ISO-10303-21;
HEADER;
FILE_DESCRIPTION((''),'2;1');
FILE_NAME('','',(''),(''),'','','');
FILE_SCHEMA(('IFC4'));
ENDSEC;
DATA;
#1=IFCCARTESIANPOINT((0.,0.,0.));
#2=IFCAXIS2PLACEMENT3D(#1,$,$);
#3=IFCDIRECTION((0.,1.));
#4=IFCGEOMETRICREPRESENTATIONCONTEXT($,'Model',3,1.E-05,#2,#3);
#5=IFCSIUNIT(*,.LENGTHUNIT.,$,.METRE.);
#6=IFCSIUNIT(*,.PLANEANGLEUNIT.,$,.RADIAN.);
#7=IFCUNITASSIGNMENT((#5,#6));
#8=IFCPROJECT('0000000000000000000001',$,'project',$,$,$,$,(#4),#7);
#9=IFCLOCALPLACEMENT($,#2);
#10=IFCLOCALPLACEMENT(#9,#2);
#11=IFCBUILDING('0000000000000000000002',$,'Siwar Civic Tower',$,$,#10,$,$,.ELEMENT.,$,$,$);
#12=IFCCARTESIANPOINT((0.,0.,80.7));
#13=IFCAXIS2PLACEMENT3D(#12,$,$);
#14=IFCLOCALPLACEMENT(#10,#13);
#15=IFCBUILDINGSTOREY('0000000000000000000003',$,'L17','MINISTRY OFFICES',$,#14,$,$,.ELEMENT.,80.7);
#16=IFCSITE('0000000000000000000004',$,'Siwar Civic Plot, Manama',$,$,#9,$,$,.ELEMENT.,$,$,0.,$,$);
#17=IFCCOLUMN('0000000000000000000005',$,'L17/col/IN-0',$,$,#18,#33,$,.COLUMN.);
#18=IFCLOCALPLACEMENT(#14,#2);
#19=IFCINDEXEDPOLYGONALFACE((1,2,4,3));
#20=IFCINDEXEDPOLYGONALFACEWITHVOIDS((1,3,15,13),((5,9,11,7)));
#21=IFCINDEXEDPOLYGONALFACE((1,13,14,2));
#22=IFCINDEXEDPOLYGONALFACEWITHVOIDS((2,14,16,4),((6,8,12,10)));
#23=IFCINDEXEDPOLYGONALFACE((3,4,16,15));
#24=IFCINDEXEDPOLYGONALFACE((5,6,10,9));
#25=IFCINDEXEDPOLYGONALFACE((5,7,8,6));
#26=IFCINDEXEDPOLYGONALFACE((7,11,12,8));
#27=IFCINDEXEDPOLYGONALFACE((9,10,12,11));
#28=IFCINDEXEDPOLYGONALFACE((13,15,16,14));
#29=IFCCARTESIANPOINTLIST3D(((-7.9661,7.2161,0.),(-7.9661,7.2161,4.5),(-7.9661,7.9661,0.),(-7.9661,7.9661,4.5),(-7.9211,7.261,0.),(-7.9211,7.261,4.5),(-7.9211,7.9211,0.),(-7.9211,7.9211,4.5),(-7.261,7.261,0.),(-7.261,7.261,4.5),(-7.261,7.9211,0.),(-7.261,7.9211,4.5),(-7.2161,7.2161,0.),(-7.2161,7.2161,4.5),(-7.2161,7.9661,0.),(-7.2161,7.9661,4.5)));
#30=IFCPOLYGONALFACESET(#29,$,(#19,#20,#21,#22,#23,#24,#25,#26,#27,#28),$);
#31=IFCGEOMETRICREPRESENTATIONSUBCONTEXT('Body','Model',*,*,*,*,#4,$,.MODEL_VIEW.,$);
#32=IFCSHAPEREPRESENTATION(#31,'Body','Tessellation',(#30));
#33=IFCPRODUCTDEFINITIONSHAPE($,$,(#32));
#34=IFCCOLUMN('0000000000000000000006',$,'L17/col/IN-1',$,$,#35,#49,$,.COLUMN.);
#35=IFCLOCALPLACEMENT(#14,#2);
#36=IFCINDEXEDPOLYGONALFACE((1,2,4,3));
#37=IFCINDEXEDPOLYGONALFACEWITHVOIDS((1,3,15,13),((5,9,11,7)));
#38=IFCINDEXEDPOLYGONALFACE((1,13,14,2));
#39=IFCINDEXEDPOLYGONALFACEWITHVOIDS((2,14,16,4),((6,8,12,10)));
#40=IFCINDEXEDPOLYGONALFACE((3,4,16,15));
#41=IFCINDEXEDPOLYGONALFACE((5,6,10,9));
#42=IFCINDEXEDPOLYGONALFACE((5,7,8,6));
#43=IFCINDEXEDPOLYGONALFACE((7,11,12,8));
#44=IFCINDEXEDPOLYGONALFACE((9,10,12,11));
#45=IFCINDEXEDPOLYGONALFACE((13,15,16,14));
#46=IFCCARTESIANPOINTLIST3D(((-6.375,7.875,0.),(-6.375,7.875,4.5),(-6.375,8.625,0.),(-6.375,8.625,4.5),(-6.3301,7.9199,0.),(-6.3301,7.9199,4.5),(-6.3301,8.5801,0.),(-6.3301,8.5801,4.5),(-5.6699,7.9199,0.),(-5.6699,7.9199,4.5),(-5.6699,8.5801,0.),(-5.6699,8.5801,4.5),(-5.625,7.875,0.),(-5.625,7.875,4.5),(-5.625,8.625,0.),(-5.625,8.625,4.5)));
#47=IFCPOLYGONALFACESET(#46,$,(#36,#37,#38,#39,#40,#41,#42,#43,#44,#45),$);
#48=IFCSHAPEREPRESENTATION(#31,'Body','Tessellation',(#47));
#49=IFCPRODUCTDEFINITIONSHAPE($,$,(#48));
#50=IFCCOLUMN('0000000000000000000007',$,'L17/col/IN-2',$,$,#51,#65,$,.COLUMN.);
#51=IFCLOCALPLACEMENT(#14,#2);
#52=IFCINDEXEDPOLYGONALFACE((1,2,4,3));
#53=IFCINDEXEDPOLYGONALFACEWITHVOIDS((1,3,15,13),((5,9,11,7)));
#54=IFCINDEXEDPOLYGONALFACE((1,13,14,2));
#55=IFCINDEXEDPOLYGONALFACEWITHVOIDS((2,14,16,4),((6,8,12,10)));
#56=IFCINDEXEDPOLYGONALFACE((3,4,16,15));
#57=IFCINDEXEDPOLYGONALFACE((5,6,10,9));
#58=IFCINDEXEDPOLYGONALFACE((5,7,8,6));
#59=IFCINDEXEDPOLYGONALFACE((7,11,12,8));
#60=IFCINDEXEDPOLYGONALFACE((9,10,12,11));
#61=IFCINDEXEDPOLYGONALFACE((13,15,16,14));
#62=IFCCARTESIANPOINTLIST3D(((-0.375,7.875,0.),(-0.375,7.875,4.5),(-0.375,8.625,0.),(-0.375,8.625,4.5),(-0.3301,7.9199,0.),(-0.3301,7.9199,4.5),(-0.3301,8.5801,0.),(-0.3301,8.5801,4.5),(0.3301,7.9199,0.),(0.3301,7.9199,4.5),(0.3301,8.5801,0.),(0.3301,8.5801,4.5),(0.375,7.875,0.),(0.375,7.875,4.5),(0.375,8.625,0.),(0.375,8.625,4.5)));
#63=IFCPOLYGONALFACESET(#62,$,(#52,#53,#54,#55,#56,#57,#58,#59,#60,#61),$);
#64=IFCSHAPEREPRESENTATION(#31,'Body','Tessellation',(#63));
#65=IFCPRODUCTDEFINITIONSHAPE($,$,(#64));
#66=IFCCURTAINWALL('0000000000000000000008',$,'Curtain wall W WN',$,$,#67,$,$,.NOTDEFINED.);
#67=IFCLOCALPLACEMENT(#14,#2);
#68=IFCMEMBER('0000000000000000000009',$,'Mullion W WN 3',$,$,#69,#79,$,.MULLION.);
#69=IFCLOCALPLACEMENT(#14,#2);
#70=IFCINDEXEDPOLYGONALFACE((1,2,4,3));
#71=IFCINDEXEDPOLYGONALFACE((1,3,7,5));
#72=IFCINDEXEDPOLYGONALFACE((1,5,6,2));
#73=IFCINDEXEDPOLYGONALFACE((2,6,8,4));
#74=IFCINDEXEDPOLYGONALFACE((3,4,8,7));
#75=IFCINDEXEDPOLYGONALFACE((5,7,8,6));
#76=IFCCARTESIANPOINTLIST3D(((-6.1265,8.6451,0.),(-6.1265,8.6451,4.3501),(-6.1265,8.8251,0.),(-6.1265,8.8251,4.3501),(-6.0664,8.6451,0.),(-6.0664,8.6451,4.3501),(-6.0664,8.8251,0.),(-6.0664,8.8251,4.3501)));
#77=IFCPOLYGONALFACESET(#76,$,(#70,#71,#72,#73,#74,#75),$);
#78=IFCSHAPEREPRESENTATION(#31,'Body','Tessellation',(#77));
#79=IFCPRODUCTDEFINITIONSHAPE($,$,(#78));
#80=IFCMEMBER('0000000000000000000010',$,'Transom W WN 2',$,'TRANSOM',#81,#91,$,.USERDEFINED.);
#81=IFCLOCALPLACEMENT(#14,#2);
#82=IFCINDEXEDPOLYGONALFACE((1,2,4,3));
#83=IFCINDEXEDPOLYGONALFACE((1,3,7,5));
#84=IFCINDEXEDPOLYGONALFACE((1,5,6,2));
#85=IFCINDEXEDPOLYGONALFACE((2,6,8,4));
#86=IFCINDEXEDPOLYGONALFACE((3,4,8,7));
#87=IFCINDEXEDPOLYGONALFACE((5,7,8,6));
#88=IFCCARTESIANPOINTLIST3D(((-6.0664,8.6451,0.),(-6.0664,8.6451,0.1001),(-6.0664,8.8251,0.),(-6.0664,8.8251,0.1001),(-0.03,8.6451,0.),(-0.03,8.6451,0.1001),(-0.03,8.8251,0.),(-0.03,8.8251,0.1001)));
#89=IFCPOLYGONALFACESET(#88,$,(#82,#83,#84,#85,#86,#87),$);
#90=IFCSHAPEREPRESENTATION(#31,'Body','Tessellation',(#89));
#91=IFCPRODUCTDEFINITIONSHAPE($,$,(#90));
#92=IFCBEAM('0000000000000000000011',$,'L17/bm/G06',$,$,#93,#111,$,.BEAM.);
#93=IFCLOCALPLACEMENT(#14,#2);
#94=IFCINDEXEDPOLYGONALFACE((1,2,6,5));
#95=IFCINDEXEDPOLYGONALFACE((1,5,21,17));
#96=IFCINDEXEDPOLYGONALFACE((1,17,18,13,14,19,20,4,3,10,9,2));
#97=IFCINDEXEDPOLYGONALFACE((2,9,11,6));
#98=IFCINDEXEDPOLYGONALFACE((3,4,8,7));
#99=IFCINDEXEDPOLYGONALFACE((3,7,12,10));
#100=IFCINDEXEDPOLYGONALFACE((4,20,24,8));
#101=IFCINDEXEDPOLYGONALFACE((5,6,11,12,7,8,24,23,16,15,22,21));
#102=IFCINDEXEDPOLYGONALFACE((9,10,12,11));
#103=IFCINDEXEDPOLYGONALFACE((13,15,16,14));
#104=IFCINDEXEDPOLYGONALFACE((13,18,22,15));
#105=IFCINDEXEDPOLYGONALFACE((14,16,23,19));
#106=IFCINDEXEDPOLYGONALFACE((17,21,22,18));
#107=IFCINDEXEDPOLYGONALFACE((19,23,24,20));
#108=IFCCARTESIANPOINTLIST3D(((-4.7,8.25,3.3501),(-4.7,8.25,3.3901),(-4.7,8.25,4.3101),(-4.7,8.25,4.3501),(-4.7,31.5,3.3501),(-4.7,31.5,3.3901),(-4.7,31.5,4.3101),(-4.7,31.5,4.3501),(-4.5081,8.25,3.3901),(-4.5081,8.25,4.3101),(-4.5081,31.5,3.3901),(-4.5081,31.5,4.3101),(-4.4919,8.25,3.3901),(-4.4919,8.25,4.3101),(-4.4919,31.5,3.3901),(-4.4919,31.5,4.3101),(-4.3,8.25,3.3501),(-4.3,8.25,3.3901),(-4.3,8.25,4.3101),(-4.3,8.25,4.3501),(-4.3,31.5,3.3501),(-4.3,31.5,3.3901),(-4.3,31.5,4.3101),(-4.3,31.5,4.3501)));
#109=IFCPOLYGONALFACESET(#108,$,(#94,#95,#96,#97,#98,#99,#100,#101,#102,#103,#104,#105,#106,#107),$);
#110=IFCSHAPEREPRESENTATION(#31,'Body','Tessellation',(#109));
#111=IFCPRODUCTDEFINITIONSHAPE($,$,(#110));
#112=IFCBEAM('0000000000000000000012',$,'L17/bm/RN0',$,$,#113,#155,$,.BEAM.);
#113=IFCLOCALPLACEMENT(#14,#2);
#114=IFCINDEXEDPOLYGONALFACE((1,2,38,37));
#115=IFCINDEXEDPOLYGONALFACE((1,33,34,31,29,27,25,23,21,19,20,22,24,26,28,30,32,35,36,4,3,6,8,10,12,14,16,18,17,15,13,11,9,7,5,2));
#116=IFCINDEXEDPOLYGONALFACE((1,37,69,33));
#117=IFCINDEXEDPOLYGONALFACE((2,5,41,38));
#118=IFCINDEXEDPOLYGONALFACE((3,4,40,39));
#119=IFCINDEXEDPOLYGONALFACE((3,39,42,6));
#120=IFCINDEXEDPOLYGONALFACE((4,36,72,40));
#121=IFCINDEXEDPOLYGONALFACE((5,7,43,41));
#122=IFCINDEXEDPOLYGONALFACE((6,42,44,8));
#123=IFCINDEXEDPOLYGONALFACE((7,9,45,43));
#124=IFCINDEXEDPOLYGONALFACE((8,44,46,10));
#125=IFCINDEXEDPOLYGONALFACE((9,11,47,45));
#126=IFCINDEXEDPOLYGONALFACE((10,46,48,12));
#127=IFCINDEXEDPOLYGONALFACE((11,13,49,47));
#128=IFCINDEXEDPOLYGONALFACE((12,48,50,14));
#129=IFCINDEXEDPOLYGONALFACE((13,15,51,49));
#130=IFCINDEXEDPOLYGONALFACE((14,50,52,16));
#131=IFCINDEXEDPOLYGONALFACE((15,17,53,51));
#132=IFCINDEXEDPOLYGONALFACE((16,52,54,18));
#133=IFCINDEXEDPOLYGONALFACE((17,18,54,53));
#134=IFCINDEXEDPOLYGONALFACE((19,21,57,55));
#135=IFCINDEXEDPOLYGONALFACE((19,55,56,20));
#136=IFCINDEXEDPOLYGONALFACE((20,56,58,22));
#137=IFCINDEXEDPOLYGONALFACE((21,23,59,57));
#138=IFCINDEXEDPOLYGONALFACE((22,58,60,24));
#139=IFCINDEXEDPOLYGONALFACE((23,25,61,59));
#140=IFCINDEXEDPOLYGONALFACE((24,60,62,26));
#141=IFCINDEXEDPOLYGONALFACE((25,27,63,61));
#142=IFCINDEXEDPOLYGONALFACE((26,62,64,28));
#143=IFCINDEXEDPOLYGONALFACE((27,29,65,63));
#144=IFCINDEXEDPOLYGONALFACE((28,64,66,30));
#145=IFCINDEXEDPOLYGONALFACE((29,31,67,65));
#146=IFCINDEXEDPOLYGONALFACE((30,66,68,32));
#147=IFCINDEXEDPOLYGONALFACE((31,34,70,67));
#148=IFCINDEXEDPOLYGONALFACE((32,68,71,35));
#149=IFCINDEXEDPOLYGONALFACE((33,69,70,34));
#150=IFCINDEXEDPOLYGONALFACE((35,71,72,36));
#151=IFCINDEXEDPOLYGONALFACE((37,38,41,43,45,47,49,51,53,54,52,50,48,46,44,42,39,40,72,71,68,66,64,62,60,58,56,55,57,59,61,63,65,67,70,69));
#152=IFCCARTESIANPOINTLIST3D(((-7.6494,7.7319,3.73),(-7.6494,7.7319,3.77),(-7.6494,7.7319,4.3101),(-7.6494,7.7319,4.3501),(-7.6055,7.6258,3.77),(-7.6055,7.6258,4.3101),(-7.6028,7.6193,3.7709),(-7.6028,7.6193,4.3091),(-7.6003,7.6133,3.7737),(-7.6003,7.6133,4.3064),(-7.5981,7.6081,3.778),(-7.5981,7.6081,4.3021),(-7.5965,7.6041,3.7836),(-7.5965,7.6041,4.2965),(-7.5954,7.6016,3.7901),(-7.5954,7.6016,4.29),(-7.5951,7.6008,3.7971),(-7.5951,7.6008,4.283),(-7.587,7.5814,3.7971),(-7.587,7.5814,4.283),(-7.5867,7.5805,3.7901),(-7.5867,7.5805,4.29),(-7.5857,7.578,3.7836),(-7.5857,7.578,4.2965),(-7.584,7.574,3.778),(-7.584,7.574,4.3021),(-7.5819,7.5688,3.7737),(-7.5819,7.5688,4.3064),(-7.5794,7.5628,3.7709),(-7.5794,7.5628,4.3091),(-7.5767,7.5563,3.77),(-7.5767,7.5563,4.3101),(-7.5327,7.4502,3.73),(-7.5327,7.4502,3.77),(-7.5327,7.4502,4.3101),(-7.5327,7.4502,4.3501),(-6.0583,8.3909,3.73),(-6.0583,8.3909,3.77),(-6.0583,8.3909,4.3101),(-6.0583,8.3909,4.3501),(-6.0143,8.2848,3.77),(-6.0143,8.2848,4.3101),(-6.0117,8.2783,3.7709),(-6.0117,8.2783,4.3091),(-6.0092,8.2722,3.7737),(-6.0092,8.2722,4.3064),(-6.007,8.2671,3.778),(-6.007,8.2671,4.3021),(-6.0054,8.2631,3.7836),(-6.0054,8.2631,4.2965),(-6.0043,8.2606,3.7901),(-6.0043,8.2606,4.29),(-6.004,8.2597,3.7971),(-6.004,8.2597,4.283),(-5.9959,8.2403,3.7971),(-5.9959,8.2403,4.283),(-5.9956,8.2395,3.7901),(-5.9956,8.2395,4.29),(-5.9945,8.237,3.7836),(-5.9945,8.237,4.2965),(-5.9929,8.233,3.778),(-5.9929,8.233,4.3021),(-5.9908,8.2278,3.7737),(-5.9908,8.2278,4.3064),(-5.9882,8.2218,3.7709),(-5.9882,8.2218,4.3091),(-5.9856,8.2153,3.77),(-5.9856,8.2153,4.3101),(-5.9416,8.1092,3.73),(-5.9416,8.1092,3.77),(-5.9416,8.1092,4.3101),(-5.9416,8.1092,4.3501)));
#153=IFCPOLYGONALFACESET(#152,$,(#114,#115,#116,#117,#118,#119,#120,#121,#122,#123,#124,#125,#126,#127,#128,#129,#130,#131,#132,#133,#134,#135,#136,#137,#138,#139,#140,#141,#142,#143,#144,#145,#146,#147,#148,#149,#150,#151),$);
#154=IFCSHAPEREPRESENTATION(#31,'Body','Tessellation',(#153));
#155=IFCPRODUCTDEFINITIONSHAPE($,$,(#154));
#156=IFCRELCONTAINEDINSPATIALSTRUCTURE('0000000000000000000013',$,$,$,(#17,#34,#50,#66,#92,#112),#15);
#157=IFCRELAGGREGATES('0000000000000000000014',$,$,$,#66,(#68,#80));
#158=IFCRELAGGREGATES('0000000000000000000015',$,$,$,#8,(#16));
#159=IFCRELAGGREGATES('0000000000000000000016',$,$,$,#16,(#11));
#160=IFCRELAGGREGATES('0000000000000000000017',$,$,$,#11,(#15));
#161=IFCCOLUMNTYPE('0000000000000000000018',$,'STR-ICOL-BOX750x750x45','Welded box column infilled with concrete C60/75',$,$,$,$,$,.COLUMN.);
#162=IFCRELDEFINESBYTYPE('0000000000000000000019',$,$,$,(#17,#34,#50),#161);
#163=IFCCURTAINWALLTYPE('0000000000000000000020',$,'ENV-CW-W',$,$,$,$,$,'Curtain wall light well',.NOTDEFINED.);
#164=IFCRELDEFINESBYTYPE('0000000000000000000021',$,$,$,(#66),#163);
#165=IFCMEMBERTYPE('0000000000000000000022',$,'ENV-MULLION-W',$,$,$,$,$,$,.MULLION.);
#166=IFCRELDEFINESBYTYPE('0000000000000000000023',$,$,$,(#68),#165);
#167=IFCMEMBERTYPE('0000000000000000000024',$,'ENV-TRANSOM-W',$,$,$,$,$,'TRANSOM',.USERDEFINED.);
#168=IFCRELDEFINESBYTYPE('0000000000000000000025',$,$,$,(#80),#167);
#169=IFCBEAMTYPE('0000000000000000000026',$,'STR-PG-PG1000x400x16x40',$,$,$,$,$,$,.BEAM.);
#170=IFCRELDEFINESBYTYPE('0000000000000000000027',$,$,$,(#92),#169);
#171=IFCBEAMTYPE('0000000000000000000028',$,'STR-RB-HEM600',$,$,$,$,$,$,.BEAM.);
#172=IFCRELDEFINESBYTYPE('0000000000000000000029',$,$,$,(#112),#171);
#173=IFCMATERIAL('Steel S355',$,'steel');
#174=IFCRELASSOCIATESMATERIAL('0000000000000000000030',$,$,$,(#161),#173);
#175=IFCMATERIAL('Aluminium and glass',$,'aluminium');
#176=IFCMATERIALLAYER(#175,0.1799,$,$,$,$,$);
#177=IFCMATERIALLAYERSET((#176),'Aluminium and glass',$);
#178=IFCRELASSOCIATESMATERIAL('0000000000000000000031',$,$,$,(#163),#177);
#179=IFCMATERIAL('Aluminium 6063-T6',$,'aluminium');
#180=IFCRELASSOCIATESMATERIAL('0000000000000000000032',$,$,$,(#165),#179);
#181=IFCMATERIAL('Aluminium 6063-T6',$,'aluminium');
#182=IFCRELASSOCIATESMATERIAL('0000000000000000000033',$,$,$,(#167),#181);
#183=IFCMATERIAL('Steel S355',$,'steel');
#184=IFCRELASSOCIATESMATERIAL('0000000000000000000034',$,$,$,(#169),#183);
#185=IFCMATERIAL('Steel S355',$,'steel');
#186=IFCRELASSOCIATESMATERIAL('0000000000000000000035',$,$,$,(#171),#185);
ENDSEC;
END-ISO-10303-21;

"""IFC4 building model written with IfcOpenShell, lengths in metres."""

from ifc_helpers import new_model, si_unit, direction, frame, origin, origin_2d, place, context, subcontext, project, spatial, rectangle, hollow_rectangle, i_section, extrude, material, layer, layer_set, material_profile, profile_set, type_object, element, aggregate, save


model = new_model("IFC4")

# Units and contexts
model_context = context("Model", 3, precision=1e-05, world=origin(), true_north=direction((0.0, 1.0)))
body_context = subcontext(model_context, "Body", "Model", "MODEL_VIEW")
ifc_project = project(units=[si_unit("LENGTHUNIT", "METRE"), si_unit("PLANEANGLEUNIT", "RADIAN")], contexts=[model_context])

# Site, building, storey
site_placement = place(None, origin())
site = spatial("IfcSite", under=ifc_project, at=site_placement, Name="Siwar Civic Plot, Manama", CompositionType="ELEMENT", RefElevation=0.0)
building_placement = place(site_placement, origin())
building = spatial("IfcBuilding", under=site, at=building_placement, Name="Siwar Civic Tower", CompositionType="ELEMENT")
storey_placement = place(building_placement, frame((0.0, 0.0, 80.7)))
storey = spatial("IfcBuildingStorey", under=building, at=storey_placement, Name="L17", Description="MINISTRY OFFICES", CompositionType="ELEMENT", Elevation=80.7)

# Columns
ifc_material_1 = material(Name="Steel S355", Category="steel")
ifc_material_profile_1 = material_profile(ifc_material_1, hollow_rectangle(XDim=0.75, YDim=0.75, WallThickness=0.0449, at=origin_2d()), Name="BOX750x750x45")
ifc_profile_set_1 = profile_set([ifc_material_profile_1], Name="Steel S355")
column_type = type_object("IfcColumnType", Name="STR-ICOL-BOX750x750x45", Description="Welded box column infilled with concrete C60/75", PredefinedType="COLUMN", material=ifc_profile_set_1)
for number, where, z_axis, x_axis, name in (
    (1, (-7.5911, 7.5911, 0.0), (0.0, 0.0, 1.0), (1.0, 0.0, 0.0), "L17/col/IN-0"),
    (2, (-6.0, 8.25, 0.0), (0.0, 0.0, 1.0), (1.0, 0.0, 0.0), "L17/col/IN-1"),
    (3, (0.0, 8.25, 0.0), (0.0, 0.0, 1.0), (1.0, 0.0, 0.0), "L17/col/IN-2"),
):
    element("IfcColumn", number, at=place(storey_placement, frame(where, z_axis=z_axis, x_axis=x_axis)), inside=storey, type_object=column_type, Name=name, PredefinedType="COLUMN", context=body_context, shape_type="SweptSolid", body=[
        extrude(hollow_rectangle(XDim=0.75, YDim=0.75, WallThickness=0.0449, at=origin_2d()), origin(), (0.0, 0.0, 1.0), 4.5),
    ])

# Curtain wall, members
ifc_material_2 = material(Name="Aluminium and glass", Category="aluminium")
ifc_layer_1 = layer(ifc_material_2, 0.1799)
ifc_layer_set_1 = layer_set([ifc_layer_1], Name="Aluminium and glass")
curtain_wall_type = type_object("IfcCurtainWallType", Name="ENV-CW-W", ElementType="Curtain wall light well", PredefinedType="NOTDEFINED", material=ifc_layer_set_1)
curtain_wall_placement = place(storey_placement, origin())
curtain_wall = element("IfcCurtainWall", 4, at=curtain_wall_placement, inside=storey, type_object=curtain_wall_type, Name="Curtain wall W WN", PredefinedType="NOTDEFINED")
ifc_material_3 = material(Name="Aluminium 6063-T6", Category="aluminium")
ifc_material_profile_2 = material_profile(ifc_material_3, rectangle(XDim=0.1799, YDim=0.0601, at=origin_2d()), Name="AL 180x60")
ifc_profile_set_2 = profile_set([ifc_material_profile_2], Name="Aluminium 6063-T6")
member_type_1 = type_object("IfcMemberType", Name="ENV-MULLION-W", PredefinedType="MULLION", material=ifc_profile_set_2)
member_1_placement = place(storey_placement, frame((-6.0964, 8.7351, 0.0), z_axis=(0.0, 0.0, 1.0), x_axis=(0.0, -1.0, 0.0)))
member_1 = element("IfcMember", 5, at=member_1_placement, type_object=member_type_1, Name="Mullion W WN 3", PredefinedType="MULLION", context=body_context, shape_type="SweptSolid", body=[
    extrude(rectangle(XDim=0.1799, YDim=0.0601, at=origin_2d()), origin(), (0.0, 0.0, 1.0), 4.3501),
])
ifc_material_4 = material(Name="Aluminium 6063-T6", Category="aluminium")
ifc_material_profile_3 = material_profile(ifc_material_4, rectangle(XDim=0.1799, YDim=0.1001, at=origin_2d()), Name="AL 180x100")
ifc_profile_set_3 = profile_set([ifc_material_profile_3], Name="Aluminium 6063-T6")
member_type_2 = type_object("IfcMemberType", Name="ENV-TRANSOM-W", ElementType="TRANSOM", PredefinedType="USERDEFINED", material=ifc_profile_set_3)
member_2_placement = place(storey_placement, frame((-0.03, 8.7351, 0.05), z_axis=(-1.0, 0.0, 0.0), x_axis=(0.0, -1.0, 0.0)))
member_2 = element("IfcMember", 6, at=member_2_placement, type_object=member_type_2, Name="Transom W WN 2", ObjectType="TRANSOM", PredefinedType="USERDEFINED", context=body_context, shape_type="SweptSolid", body=[
    extrude(rectangle(XDim=0.1799, YDim=0.1001, at=origin_2d()), origin(), (0.0, 0.0, 1.0), 6.0364),
])

# Beams
ifc_material_5 = material(Name="Steel S355", Category="steel")
ifc_material_profile_4 = material_profile(ifc_material_5, i_section(OverallWidth=0.3999, OverallDepth=1.0, WebThickness=0.0161, FlangeThickness=0.04, at=origin_2d()), Name="PG1000x400x16x40")
ifc_profile_set_4 = profile_set([ifc_material_profile_4], Name="Steel S355")
beam_type_1 = type_object("IfcBeamType", Name="STR-PG-PG1000x400x16x40", PredefinedType="BEAM", material=ifc_profile_set_4)
beam_1_placement = place(storey_placement, frame((-4.5, 8.25, 3.8501), z_axis=(0.0, 1.0, 0.0), x_axis=(-1.0, 0.0, 0.0)))
element("IfcBeam", 7, at=beam_1_placement, inside=storey, type_object=beam_type_1, Name="L17/bm/G06", PredefinedType="BEAM", context=body_context, shape_type="SweptSolid", body=[
    extrude(i_section(OverallWidth=0.3999, OverallDepth=1.0, WebThickness=0.0161, FlangeThickness=0.04, at=origin_2d()), origin(), (0.0, 0.0, 1.0), 23.25),
])
ifc_material_6 = material(Name="Steel S355", Category="steel")
ifc_material_profile_5 = material_profile(ifc_material_6, i_section(OverallWidth=0.3049, OverallDepth=0.6201, WebThickness=0.021, FlangeThickness=0.04, FilletRadius=0.0271, at=origin_2d()), Name="HEM600")
ifc_profile_set_5 = profile_set([ifc_material_profile_5], Name="Steel S355")
beam_type_2 = type_object("IfcBeamType", Name="STR-RB-HEM600", PredefinedType="BEAM", material=ifc_profile_set_5)
beam_2_placement = place(storey_placement, frame((-7.5911, 7.5911, 4.04), z_axis=(0.923901, 0.382631, 0.0), x_axis=(-0.382631, 0.923901, 0.0)))
element("IfcBeam", 8, at=beam_2_placement, inside=storey, type_object=beam_type_2, Name="L17/bm/RN0", PredefinedType="BEAM", context=body_context, shape_type="SweptSolid", body=[
    extrude(i_section(OverallWidth=0.3049, OverallDepth=0.6201, WebThickness=0.021, FlangeThickness=0.04, FilletRadius=0.0271, at=origin_2d()), origin(), (0.0, 0.0, 1.0), 1.7222),
])

aggregate(curtain_wall, [member_1, member_2])

save(model, "model.ifc")
